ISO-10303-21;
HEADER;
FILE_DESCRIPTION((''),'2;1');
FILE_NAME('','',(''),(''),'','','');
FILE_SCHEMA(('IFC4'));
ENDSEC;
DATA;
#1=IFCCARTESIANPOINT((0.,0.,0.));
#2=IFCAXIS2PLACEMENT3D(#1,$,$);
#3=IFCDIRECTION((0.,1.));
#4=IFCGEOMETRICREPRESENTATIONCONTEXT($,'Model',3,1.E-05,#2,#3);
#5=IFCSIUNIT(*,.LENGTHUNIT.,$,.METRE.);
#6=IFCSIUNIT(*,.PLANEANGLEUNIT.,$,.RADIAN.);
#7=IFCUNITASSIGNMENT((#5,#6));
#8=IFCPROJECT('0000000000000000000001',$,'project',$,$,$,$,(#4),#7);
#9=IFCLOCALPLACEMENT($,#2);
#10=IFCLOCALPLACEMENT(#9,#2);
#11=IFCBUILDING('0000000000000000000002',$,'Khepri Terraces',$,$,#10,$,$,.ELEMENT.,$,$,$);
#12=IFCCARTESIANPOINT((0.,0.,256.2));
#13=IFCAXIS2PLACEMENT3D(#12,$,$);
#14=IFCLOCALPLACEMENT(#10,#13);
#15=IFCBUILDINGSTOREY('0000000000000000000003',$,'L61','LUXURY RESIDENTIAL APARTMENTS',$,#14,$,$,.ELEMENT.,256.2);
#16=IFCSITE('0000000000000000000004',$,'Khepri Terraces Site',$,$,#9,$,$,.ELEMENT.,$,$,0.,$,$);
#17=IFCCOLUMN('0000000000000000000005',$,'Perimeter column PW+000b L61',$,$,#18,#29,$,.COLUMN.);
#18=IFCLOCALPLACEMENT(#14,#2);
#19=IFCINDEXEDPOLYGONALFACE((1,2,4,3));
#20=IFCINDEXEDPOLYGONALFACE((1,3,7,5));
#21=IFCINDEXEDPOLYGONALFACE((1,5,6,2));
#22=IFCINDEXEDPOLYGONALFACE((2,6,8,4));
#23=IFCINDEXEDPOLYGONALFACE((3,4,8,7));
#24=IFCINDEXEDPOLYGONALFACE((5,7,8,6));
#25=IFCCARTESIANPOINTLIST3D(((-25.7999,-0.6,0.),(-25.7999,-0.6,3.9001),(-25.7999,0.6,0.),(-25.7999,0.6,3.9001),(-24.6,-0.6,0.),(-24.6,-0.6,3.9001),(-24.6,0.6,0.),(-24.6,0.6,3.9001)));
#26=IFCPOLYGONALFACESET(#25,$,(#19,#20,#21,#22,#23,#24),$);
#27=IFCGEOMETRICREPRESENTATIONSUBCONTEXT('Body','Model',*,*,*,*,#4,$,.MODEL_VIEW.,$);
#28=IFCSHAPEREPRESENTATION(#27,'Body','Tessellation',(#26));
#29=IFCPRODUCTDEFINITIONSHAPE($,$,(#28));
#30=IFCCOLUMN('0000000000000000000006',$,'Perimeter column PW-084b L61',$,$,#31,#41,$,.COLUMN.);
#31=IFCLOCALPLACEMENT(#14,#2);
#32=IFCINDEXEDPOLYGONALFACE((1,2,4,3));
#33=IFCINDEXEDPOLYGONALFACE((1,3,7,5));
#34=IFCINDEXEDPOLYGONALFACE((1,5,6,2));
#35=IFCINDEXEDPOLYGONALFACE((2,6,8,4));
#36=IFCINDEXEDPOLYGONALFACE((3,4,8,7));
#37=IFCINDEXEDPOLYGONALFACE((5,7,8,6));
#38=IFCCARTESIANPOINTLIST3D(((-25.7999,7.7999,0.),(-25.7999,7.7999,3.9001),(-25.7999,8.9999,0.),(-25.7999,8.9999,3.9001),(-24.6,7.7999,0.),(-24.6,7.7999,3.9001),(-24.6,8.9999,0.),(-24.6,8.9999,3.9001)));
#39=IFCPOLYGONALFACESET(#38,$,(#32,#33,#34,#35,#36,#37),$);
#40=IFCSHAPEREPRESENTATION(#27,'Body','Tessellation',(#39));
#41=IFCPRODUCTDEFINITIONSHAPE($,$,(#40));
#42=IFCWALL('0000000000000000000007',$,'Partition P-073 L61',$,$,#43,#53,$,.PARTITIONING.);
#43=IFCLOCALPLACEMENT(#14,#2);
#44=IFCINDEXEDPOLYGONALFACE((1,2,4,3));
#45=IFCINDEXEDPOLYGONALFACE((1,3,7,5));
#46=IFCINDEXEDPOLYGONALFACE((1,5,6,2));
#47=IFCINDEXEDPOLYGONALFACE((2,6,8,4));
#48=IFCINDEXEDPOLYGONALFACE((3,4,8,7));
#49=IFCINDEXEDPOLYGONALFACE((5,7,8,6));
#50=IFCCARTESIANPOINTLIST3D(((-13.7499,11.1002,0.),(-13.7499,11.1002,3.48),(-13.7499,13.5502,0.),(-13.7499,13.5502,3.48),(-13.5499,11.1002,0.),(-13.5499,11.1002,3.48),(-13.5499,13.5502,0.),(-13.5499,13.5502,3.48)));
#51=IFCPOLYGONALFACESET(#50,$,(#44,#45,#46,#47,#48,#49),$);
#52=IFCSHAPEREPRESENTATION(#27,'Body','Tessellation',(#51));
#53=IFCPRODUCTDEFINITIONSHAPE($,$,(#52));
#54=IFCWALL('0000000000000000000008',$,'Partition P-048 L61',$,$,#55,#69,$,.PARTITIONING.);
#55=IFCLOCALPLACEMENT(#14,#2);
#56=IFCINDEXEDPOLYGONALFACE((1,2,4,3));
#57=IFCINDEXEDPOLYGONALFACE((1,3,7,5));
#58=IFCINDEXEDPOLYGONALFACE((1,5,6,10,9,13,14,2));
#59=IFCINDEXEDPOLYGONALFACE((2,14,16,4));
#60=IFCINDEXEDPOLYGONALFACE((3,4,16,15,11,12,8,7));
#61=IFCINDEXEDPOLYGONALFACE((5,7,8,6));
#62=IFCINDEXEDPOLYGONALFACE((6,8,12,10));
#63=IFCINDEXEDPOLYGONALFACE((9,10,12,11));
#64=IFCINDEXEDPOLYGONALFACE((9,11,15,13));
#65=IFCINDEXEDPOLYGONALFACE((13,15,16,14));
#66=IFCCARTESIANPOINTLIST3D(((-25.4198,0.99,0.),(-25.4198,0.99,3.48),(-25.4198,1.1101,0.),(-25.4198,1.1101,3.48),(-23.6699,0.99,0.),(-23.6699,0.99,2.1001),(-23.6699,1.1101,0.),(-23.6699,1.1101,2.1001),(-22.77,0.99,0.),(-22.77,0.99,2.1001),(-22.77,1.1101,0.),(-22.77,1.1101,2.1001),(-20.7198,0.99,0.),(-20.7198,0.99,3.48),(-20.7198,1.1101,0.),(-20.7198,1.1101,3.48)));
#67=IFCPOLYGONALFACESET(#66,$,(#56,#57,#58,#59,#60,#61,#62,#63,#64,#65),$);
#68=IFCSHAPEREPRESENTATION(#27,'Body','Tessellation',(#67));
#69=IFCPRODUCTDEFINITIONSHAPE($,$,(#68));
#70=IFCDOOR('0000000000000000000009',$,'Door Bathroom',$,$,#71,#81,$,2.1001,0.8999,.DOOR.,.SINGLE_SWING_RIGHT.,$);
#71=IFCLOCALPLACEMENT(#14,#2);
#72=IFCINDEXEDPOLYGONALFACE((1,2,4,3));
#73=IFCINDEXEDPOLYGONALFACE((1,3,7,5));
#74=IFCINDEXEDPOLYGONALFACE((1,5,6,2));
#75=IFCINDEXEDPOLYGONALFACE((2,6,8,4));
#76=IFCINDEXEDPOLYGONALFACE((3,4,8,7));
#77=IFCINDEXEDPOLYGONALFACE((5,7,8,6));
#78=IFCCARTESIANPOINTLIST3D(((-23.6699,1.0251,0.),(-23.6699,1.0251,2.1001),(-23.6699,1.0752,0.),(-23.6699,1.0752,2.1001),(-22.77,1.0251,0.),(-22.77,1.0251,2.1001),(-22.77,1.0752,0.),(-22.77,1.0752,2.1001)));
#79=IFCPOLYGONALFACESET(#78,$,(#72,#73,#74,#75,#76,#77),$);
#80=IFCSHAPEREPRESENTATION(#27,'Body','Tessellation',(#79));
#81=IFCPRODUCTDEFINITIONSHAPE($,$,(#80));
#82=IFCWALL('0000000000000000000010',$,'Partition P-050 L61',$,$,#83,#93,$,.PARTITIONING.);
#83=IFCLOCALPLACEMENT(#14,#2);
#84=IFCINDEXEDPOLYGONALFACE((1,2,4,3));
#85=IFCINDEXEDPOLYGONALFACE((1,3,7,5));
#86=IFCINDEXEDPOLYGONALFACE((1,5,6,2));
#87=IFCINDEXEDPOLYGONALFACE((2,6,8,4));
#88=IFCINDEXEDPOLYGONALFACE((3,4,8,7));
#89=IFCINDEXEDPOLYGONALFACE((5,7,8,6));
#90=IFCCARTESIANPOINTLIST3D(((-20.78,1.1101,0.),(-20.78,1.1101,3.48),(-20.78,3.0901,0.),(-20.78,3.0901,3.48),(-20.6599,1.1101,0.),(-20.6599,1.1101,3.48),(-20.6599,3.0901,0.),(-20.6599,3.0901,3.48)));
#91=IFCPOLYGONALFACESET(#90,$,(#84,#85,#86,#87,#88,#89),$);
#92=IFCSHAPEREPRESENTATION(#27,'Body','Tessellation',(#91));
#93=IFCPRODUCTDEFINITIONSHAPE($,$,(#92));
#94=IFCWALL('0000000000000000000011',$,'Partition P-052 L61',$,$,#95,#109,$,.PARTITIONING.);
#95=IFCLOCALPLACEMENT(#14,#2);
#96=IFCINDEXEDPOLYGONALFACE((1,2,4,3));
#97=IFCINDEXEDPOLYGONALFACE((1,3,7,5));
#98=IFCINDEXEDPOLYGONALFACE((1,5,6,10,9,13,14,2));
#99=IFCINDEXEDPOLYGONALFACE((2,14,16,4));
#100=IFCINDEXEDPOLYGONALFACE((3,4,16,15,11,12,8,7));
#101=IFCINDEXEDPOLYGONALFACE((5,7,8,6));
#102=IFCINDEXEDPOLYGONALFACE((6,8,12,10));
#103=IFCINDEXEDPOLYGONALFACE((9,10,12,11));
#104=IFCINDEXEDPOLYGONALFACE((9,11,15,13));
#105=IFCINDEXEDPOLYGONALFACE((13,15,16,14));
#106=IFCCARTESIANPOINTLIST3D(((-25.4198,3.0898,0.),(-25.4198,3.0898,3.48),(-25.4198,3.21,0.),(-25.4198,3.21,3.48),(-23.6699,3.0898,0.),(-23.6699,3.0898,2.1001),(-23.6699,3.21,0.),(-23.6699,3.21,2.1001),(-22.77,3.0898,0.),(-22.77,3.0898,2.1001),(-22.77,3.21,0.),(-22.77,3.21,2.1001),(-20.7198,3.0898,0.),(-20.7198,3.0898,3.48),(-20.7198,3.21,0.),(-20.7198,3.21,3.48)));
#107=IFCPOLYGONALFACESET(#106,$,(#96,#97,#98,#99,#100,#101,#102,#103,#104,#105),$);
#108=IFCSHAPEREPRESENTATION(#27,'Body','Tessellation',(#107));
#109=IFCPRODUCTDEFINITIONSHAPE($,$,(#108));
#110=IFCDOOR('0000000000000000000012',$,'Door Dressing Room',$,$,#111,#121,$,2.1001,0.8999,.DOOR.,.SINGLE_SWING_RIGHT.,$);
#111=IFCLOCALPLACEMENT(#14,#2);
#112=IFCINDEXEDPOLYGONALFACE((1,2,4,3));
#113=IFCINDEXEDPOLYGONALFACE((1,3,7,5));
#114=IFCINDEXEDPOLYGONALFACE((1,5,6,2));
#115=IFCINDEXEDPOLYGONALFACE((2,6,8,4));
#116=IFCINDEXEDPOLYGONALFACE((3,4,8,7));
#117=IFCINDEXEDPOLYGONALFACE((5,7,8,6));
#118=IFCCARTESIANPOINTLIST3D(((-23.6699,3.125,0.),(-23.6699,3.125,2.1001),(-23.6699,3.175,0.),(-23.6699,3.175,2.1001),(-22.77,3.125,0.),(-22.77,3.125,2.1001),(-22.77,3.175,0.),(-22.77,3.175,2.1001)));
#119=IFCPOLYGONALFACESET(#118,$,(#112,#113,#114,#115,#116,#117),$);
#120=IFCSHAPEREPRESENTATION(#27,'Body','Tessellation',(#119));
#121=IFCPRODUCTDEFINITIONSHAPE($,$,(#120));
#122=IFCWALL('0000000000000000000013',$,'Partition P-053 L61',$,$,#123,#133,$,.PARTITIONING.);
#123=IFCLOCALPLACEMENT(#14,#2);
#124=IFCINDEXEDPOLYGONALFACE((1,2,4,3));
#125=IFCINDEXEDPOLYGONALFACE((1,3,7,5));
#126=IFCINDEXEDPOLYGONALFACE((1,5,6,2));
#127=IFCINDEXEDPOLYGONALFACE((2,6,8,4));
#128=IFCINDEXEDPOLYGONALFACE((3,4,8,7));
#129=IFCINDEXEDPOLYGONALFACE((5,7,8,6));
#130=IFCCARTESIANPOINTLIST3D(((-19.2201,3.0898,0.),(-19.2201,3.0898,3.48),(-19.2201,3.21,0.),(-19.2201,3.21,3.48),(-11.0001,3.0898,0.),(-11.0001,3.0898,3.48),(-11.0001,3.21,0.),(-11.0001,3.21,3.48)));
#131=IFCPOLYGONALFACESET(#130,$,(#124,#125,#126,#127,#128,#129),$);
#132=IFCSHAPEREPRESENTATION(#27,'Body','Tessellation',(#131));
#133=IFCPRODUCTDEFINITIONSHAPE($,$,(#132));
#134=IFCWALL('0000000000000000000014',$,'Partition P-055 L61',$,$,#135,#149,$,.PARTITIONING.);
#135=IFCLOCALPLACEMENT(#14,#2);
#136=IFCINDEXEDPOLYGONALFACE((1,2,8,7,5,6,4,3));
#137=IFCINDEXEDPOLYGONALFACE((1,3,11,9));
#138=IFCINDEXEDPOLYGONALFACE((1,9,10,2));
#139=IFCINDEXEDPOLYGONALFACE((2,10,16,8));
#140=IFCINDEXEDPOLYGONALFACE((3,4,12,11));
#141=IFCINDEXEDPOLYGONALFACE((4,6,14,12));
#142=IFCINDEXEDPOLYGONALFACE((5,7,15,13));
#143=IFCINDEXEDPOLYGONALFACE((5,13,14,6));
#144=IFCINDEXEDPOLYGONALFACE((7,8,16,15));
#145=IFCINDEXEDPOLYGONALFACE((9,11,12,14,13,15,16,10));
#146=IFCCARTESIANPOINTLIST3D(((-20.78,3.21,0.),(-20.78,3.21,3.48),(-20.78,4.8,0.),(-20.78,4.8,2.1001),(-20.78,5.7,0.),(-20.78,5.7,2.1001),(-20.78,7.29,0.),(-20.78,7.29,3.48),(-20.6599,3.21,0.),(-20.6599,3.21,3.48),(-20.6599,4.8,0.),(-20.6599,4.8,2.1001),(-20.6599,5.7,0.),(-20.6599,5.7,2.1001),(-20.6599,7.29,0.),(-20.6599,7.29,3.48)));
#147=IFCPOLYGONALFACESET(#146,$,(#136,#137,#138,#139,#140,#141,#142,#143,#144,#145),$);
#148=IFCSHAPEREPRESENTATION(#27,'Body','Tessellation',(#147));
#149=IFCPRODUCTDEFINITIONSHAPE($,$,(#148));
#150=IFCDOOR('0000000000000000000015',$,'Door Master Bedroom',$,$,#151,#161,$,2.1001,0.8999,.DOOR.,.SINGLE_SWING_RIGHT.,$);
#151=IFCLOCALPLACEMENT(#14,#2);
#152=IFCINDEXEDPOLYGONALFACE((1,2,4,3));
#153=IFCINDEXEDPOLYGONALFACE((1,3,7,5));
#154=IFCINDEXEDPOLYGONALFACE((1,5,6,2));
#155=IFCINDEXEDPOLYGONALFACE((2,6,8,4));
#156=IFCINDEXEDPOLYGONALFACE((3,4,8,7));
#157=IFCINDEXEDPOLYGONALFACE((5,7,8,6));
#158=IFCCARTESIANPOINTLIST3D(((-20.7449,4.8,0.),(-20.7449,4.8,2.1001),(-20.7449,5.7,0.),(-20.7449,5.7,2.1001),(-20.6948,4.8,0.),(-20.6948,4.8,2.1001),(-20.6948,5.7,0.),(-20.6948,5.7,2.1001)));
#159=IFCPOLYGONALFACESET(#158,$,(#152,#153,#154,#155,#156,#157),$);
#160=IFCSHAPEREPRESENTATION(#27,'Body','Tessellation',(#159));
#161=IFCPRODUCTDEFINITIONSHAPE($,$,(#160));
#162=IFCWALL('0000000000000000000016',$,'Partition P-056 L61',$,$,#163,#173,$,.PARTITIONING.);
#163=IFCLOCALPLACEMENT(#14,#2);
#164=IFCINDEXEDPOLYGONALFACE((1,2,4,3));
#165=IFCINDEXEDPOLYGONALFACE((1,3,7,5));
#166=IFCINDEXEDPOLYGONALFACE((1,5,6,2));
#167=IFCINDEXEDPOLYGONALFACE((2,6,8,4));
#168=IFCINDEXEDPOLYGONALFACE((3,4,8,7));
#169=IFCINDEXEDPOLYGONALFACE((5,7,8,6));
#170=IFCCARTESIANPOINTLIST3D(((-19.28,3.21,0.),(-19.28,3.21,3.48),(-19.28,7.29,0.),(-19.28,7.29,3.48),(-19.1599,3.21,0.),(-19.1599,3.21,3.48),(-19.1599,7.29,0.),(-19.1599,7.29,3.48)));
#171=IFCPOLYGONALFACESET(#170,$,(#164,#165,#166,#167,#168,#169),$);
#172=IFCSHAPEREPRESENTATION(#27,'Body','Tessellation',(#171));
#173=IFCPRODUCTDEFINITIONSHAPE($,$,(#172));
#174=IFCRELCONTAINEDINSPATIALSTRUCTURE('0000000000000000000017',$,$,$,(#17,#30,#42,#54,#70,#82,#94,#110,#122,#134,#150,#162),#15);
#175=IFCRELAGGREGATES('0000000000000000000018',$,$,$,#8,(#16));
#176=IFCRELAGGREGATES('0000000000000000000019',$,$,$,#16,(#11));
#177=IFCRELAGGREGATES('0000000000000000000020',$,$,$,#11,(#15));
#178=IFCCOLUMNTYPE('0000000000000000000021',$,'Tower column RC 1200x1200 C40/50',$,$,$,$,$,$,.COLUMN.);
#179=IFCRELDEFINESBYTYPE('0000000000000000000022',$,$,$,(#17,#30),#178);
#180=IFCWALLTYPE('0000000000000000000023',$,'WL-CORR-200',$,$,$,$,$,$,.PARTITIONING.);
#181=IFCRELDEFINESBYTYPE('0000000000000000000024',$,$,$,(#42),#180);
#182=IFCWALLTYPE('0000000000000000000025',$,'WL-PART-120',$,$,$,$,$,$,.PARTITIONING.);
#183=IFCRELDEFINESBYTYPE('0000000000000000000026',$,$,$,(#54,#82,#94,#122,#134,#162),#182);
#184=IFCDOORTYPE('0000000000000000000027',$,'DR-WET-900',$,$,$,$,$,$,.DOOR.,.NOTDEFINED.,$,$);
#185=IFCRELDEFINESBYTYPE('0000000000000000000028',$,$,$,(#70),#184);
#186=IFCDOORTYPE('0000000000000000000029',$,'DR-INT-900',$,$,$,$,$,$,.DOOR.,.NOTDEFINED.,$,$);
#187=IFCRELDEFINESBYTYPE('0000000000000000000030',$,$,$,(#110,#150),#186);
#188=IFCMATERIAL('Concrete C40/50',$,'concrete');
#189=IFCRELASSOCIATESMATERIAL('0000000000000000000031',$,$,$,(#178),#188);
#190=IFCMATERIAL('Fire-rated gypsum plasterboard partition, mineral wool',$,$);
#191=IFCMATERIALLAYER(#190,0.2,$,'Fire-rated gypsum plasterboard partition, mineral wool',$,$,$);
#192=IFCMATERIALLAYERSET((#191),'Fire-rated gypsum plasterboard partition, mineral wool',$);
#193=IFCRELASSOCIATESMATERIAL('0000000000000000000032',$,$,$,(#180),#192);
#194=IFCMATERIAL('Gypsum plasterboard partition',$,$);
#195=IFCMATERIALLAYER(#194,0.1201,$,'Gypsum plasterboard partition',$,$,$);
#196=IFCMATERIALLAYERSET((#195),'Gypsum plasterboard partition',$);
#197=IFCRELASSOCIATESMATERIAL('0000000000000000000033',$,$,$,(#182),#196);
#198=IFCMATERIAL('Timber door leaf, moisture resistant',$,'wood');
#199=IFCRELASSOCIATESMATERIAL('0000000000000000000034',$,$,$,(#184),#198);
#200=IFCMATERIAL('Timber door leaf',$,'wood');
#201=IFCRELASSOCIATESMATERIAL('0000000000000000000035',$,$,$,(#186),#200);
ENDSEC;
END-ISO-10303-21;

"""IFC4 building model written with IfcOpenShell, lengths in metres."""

from ifc_helpers import new_model, si_unit, direction, frame, frame_2d, origin, origin_2d, place, context, subcontext, project, spatial, rectangle, extrude, material, layer, layer_set, material_profile, profile_set, type_object, element, fill, save


model = new_model("IFC4")

# Units and contexts
model_context = context("Model", 3, precision=1e-05, world=origin(), true_north=direction((0.0, 1.0)))
body_context = subcontext(model_context, "Body", "Model", "MODEL_VIEW")
ifc_project = project(units=[si_unit("LENGTHUNIT", "METRE"), si_unit("PLANEANGLEUNIT", "RADIAN")], contexts=[model_context])

# Site, building, storey
site_placement = place(None, origin())
site = spatial("IfcSite", under=ifc_project, at=site_placement, Name="Khepri Terraces Site", CompositionType="ELEMENT", RefElevation=0.0)
building_placement = place(site_placement, origin())
building = spatial("IfcBuilding", under=site, at=building_placement, Name="Khepri Terraces", CompositionType="ELEMENT")
storey_placement = place(building_placement, frame((0.0, 0.0, 256.2)))
storey = spatial("IfcBuildingStorey", under=building, at=storey_placement, Name="L61", Description="LUXURY RESIDENTIAL APARTMENTS", CompositionType="ELEMENT", Elevation=256.2)

# Columns
ifc_material_1 = material(Name="Concrete C40/50", Category="concrete")
ifc_material_profile = material_profile(ifc_material_1, rectangle(XDim=1.2, YDim=1.2, at=origin_2d()), Name="Concrete C40/50", Category="concrete")
ifc_profile_set = profile_set([ifc_material_profile], Name="Concrete C40/50")
column_type = type_object("IfcColumnType", Name="Tower column RC 1200x1200 C40/50", PredefinedType="COLUMN", material=ifc_profile_set)
for number, where, z_axis, x_axis, name in (
    (1, (-25.2, 0.0, 0.0), (0.0, 0.0, 1.0), (1.0, 0.0, 0.0), "Perimeter column PW+000b L61"),
    (2, (-25.2, 8.3999, 0.0), (0.0, 0.0, 1.0), (1.0, 0.0, 0.0), "Perimeter column PW-084b L61"),
):
    element("IfcColumn", number, at=place(storey_placement, frame(where, z_axis=z_axis, x_axis=x_axis)), inside=storey, type_object=column_type, Name=name, PredefinedType="COLUMN", context=body_context, shape_type="SweptSolid", body=[
        extrude(rectangle(XDim=1.2, YDim=1.2, at=origin_2d()), origin(), (0.0, 0.0, 1.0), 3.9001),
    ])

# Shared definitions
ifc_material_2 = material(Name="Fire-rated gypsum plasterboard partition, mineral wool")
ifc_layer_1 = layer(ifc_material_2, 0.2, Name="Fire-rated gypsum plasterboard partition, mineral wool")
ifc_layer_set_1 = layer_set([ifc_layer_1], Name="Fire-rated gypsum plasterboard partition, mineral wool")
wall_type_1 = type_object("IfcWallType", Name="WL-CORR-200", PredefinedType="PARTITIONING", material=ifc_layer_set_1)

# Wall
wall_1_placement = place(storey_placement, frame((-13.6499, 11.1001, 0.0), z_axis=(0.0, 0.0, 1.0), x_axis=(0.0, 1.0, 0.0)))
element("IfcWall", 3, at=wall_1_placement, inside=storey, type_object=wall_type_1, Name="Partition P-073 L61", PredefinedType="PARTITIONING", context=body_context, shape_type="SweptSolid", body=[
    extrude(rectangle(XDim=2.45, YDim=0.2, at=frame_2d((1.2251, 0.0))), origin(), (0.0, 0.0, 1.0), 3.48),
])

# Wall, opening, door
ifc_material_3 = material(Name="Gypsum plasterboard partition")
ifc_layer_2 = layer(ifc_material_3, 0.1201, Name="Gypsum plasterboard partition")
ifc_layer_set_2 = layer_set([ifc_layer_2], Name="Gypsum plasterboard partition")
wall_type_2 = type_object("IfcWallType", Name="WL-PART-120", PredefinedType="PARTITIONING", material=ifc_layer_set_2)
wall_2_placement = place(storey_placement, frame((-25.4199, 1.05, 0.0), z_axis=(0.0, 0.0, 1.0), x_axis=(1.0, 0.0, 0.0)))
wall_2 = element("IfcWall", 4, at=wall_2_placement, inside=storey, type_object=wall_type_2, Name="Partition P-048 L61", PredefinedType="PARTITIONING", context=body_context, shape_type="SweptSolid", body=[
    extrude(rectangle(XDim=4.7, YDim=0.1201, at=frame_2d((2.3501, 0.0))), origin(), (0.0, 0.0, 1.0), 3.48),
])
opening_1_placement = place(wall_2_placement, frame((1.75, 0.0, 0.0)))
opening_1 = element("IfcOpeningElement", 5, at=opening_1_placement, cuts=wall_2, PredefinedType="OPENING", context=body_context, shape_type="SweptSolid", body=[
    extrude(rectangle(XDim=0.8999, YDim=2.1001, at=frame_2d((0.45, 1.05))), frame((0.0, 0.0701, 0.0), z_axis=(0.0, -1.0, 0.0), x_axis=(1.0, 0.0, 0.0)), (0.0, 0.0, 1.0), 0.1401),
])
ifc_material_4 = material(Name="Timber door leaf, moisture resistant", Category="wood")
door_type_1 = type_object("IfcDoorType", Name="DR-WET-900", OperationType="NOTDEFINED", PredefinedType="DOOR", material=ifc_material_4)
door_1_placement = place(opening_1_placement, frame((0.8999, 0.0, 0.0), z_axis=(0.0, 0.0, 1.0), x_axis=(-1.0, 0.0, 0.0)))
door_1 = element("IfcDoor", 6, at=door_1_placement, inside=storey, type_object=door_type_1, Name="Door Bathroom", OperationType="SINGLE_SWING_RIGHT", OverallHeight=2.1001, OverallWidth=0.8999, PredefinedType="DOOR", context=body_context, shape_type="SweptSolid", body=[
    extrude(rectangle(XDim=0.8999, YDim=2.1001, at=frame_2d((0.45, 1.05))), frame((0.0, 0.0249, 0.0), z_axis=(0.0, -1.0, 0.0), x_axis=(1.0, 0.0, 0.0)), (0.0, 0.0, 1.0), 0.05),
])
fill(opening_1, door_1)

# Wall
wall_3_placement = place(storey_placement, frame((-20.72, 1.1101, 0.0), z_axis=(0.0, 0.0, 1.0), x_axis=(0.0, 1.0, 0.0)))
element("IfcWall", 7, at=wall_3_placement, inside=storey, type_object=wall_type_2, Name="Partition P-050 L61", PredefinedType="PARTITIONING", context=body_context, shape_type="SweptSolid", body=[
    extrude(rectangle(XDim=1.98, YDim=0.1201, at=frame_2d((0.99, 0.0))), origin(), (0.0, 0.0, 1.0), 3.48),
])

# Wall, opening, door
wall_4_placement = place(storey_placement, frame((-25.4199, 3.1499, 0.0), z_axis=(0.0, 0.0, 1.0), x_axis=(1.0, 0.0, 0.0)))
wall_4 = element("IfcWall", 8, at=wall_4_placement, inside=storey, type_object=wall_type_2, Name="Partition P-052 L61", PredefinedType="PARTITIONING", context=body_context, shape_type="SweptSolid", body=[
    extrude(rectangle(XDim=4.7, YDim=0.1201, at=frame_2d((2.3501, 0.0))), origin(), (0.0, 0.0, 1.0), 3.48),
])
opening_2_placement = place(wall_4_placement, frame((1.75, 0.0, 0.0)))
opening_2 = element("IfcOpeningElement", 9, at=opening_2_placement, cuts=wall_4, PredefinedType="OPENING", context=body_context, shape_type="SweptSolid", body=[
    extrude(rectangle(XDim=0.8999, YDim=2.1001, at=frame_2d((0.45, 1.05))), frame((0.0, 0.0701, 0.0), z_axis=(0.0, -1.0, 0.0), x_axis=(1.0, 0.0, 0.0)), (0.0, 0.0, 1.0), 0.1401),
])
ifc_material_5 = material(Name="Timber door leaf", Category="wood")
door_type_2 = type_object("IfcDoorType", Name="DR-INT-900", OperationType="NOTDEFINED", PredefinedType="DOOR", material=ifc_material_5)
door_2_placement = place(opening_2_placement, frame((0.8999, 0.0, 0.0), z_axis=(0.0, 0.0, 1.0), x_axis=(-1.0, 0.0, 0.0)))
door_2 = element("IfcDoor", 10, at=door_2_placement, inside=storey, type_object=door_type_2, Name="Door Dressing Room", OperationType="SINGLE_SWING_RIGHT", OverallHeight=2.1001, OverallWidth=0.8999, PredefinedType="DOOR", context=body_context, shape_type="SweptSolid", body=[
    extrude(rectangle(XDim=0.8999, YDim=2.1001, at=frame_2d((0.45, 1.05))), frame((0.0, 0.0249, 0.0), z_axis=(0.0, -1.0, 0.0), x_axis=(1.0, 0.0, 0.0)), (0.0, 0.0, 1.0), 0.05),
])
fill(opening_2, door_2)

# Wall
wall_5_placement = place(storey_placement, frame((-19.22, 3.1499, 0.0), z_axis=(0.0, 0.0, 1.0), x_axis=(1.0, 0.0, 0.0)))
element("IfcWall", 11, at=wall_5_placement, inside=storey, type_object=wall_type_2, Name="Partition P-053 L61", PredefinedType="PARTITIONING", context=body_context, shape_type="SweptSolid", body=[
    extrude(rectangle(XDim=8.22, YDim=0.1201, at=frame_2d((4.1099, 0.0))), origin(), (0.0, 0.0, 1.0), 3.48),
])

# Wall, opening, door
wall_6_placement = place(storey_placement, frame((-20.72, 3.21, 0.0), z_axis=(0.0, 0.0, 1.0), x_axis=(0.0, 1.0, 0.0)))
wall_6 = element("IfcWall", 12, at=wall_6_placement, inside=storey, type_object=wall_type_2, Name="Partition P-055 L61", PredefinedType="PARTITIONING", context=body_context, shape_type="SweptSolid", body=[
    extrude(rectangle(XDim=4.0801, YDim=0.1201, at=frame_2d((2.04, 0.0))), origin(), (0.0, 0.0, 1.0), 3.48),
])
opening_3_placement = place(wall_6_placement, frame((1.5901, 0.0, 0.0)))
opening_3 = element("IfcOpeningElement", 13, at=opening_3_placement, cuts=wall_6, PredefinedType="OPENING", context=body_context, shape_type="SweptSolid", body=[
    extrude(rectangle(XDim=0.8999, YDim=2.1001, at=frame_2d((0.45, 1.05))), frame((0.0, 0.0701, 0.0), z_axis=(0.0, -1.0, 0.0), x_axis=(1.0, 0.0, 0.0)), (0.0, 0.0, 1.0), 0.1401),
])
door_3_placement = place(opening_3_placement, origin())
door_3 = element("IfcDoor", 14, at=door_3_placement, inside=storey, type_object=door_type_2, Name="Door Master Bedroom", OperationType="SINGLE_SWING_RIGHT", OverallHeight=2.1001, OverallWidth=0.8999, PredefinedType="DOOR", context=body_context, shape_type="SweptSolid", body=[
    extrude(rectangle(XDim=0.8999, YDim=2.1001, at=frame_2d((0.45, 1.05))), frame((0.0, 0.0249, 0.0), z_axis=(0.0, -1.0, 0.0), x_axis=(1.0, 0.0, 0.0)), (0.0, 0.0, 1.0), 0.05),
])
fill(opening_3, door_3)

# Wall
wall_7_placement = place(storey_placement, frame((-19.22, 3.21, 0.0), z_axis=(0.0, 0.0, 1.0), x_axis=(0.0, 1.0, 0.0)))
element("IfcWall", 15, at=wall_7_placement, inside=storey, type_object=wall_type_2, Name="Partition P-056 L61", PredefinedType="PARTITIONING", context=body_context, shape_type="SweptSolid", body=[
    extrude(rectangle(XDim=4.0801, YDim=0.1201, at=frame_2d((2.04, 0.0))), origin(), (0.0, 0.0, 1.0), 3.48),
])

save(model, "model.ifc")
